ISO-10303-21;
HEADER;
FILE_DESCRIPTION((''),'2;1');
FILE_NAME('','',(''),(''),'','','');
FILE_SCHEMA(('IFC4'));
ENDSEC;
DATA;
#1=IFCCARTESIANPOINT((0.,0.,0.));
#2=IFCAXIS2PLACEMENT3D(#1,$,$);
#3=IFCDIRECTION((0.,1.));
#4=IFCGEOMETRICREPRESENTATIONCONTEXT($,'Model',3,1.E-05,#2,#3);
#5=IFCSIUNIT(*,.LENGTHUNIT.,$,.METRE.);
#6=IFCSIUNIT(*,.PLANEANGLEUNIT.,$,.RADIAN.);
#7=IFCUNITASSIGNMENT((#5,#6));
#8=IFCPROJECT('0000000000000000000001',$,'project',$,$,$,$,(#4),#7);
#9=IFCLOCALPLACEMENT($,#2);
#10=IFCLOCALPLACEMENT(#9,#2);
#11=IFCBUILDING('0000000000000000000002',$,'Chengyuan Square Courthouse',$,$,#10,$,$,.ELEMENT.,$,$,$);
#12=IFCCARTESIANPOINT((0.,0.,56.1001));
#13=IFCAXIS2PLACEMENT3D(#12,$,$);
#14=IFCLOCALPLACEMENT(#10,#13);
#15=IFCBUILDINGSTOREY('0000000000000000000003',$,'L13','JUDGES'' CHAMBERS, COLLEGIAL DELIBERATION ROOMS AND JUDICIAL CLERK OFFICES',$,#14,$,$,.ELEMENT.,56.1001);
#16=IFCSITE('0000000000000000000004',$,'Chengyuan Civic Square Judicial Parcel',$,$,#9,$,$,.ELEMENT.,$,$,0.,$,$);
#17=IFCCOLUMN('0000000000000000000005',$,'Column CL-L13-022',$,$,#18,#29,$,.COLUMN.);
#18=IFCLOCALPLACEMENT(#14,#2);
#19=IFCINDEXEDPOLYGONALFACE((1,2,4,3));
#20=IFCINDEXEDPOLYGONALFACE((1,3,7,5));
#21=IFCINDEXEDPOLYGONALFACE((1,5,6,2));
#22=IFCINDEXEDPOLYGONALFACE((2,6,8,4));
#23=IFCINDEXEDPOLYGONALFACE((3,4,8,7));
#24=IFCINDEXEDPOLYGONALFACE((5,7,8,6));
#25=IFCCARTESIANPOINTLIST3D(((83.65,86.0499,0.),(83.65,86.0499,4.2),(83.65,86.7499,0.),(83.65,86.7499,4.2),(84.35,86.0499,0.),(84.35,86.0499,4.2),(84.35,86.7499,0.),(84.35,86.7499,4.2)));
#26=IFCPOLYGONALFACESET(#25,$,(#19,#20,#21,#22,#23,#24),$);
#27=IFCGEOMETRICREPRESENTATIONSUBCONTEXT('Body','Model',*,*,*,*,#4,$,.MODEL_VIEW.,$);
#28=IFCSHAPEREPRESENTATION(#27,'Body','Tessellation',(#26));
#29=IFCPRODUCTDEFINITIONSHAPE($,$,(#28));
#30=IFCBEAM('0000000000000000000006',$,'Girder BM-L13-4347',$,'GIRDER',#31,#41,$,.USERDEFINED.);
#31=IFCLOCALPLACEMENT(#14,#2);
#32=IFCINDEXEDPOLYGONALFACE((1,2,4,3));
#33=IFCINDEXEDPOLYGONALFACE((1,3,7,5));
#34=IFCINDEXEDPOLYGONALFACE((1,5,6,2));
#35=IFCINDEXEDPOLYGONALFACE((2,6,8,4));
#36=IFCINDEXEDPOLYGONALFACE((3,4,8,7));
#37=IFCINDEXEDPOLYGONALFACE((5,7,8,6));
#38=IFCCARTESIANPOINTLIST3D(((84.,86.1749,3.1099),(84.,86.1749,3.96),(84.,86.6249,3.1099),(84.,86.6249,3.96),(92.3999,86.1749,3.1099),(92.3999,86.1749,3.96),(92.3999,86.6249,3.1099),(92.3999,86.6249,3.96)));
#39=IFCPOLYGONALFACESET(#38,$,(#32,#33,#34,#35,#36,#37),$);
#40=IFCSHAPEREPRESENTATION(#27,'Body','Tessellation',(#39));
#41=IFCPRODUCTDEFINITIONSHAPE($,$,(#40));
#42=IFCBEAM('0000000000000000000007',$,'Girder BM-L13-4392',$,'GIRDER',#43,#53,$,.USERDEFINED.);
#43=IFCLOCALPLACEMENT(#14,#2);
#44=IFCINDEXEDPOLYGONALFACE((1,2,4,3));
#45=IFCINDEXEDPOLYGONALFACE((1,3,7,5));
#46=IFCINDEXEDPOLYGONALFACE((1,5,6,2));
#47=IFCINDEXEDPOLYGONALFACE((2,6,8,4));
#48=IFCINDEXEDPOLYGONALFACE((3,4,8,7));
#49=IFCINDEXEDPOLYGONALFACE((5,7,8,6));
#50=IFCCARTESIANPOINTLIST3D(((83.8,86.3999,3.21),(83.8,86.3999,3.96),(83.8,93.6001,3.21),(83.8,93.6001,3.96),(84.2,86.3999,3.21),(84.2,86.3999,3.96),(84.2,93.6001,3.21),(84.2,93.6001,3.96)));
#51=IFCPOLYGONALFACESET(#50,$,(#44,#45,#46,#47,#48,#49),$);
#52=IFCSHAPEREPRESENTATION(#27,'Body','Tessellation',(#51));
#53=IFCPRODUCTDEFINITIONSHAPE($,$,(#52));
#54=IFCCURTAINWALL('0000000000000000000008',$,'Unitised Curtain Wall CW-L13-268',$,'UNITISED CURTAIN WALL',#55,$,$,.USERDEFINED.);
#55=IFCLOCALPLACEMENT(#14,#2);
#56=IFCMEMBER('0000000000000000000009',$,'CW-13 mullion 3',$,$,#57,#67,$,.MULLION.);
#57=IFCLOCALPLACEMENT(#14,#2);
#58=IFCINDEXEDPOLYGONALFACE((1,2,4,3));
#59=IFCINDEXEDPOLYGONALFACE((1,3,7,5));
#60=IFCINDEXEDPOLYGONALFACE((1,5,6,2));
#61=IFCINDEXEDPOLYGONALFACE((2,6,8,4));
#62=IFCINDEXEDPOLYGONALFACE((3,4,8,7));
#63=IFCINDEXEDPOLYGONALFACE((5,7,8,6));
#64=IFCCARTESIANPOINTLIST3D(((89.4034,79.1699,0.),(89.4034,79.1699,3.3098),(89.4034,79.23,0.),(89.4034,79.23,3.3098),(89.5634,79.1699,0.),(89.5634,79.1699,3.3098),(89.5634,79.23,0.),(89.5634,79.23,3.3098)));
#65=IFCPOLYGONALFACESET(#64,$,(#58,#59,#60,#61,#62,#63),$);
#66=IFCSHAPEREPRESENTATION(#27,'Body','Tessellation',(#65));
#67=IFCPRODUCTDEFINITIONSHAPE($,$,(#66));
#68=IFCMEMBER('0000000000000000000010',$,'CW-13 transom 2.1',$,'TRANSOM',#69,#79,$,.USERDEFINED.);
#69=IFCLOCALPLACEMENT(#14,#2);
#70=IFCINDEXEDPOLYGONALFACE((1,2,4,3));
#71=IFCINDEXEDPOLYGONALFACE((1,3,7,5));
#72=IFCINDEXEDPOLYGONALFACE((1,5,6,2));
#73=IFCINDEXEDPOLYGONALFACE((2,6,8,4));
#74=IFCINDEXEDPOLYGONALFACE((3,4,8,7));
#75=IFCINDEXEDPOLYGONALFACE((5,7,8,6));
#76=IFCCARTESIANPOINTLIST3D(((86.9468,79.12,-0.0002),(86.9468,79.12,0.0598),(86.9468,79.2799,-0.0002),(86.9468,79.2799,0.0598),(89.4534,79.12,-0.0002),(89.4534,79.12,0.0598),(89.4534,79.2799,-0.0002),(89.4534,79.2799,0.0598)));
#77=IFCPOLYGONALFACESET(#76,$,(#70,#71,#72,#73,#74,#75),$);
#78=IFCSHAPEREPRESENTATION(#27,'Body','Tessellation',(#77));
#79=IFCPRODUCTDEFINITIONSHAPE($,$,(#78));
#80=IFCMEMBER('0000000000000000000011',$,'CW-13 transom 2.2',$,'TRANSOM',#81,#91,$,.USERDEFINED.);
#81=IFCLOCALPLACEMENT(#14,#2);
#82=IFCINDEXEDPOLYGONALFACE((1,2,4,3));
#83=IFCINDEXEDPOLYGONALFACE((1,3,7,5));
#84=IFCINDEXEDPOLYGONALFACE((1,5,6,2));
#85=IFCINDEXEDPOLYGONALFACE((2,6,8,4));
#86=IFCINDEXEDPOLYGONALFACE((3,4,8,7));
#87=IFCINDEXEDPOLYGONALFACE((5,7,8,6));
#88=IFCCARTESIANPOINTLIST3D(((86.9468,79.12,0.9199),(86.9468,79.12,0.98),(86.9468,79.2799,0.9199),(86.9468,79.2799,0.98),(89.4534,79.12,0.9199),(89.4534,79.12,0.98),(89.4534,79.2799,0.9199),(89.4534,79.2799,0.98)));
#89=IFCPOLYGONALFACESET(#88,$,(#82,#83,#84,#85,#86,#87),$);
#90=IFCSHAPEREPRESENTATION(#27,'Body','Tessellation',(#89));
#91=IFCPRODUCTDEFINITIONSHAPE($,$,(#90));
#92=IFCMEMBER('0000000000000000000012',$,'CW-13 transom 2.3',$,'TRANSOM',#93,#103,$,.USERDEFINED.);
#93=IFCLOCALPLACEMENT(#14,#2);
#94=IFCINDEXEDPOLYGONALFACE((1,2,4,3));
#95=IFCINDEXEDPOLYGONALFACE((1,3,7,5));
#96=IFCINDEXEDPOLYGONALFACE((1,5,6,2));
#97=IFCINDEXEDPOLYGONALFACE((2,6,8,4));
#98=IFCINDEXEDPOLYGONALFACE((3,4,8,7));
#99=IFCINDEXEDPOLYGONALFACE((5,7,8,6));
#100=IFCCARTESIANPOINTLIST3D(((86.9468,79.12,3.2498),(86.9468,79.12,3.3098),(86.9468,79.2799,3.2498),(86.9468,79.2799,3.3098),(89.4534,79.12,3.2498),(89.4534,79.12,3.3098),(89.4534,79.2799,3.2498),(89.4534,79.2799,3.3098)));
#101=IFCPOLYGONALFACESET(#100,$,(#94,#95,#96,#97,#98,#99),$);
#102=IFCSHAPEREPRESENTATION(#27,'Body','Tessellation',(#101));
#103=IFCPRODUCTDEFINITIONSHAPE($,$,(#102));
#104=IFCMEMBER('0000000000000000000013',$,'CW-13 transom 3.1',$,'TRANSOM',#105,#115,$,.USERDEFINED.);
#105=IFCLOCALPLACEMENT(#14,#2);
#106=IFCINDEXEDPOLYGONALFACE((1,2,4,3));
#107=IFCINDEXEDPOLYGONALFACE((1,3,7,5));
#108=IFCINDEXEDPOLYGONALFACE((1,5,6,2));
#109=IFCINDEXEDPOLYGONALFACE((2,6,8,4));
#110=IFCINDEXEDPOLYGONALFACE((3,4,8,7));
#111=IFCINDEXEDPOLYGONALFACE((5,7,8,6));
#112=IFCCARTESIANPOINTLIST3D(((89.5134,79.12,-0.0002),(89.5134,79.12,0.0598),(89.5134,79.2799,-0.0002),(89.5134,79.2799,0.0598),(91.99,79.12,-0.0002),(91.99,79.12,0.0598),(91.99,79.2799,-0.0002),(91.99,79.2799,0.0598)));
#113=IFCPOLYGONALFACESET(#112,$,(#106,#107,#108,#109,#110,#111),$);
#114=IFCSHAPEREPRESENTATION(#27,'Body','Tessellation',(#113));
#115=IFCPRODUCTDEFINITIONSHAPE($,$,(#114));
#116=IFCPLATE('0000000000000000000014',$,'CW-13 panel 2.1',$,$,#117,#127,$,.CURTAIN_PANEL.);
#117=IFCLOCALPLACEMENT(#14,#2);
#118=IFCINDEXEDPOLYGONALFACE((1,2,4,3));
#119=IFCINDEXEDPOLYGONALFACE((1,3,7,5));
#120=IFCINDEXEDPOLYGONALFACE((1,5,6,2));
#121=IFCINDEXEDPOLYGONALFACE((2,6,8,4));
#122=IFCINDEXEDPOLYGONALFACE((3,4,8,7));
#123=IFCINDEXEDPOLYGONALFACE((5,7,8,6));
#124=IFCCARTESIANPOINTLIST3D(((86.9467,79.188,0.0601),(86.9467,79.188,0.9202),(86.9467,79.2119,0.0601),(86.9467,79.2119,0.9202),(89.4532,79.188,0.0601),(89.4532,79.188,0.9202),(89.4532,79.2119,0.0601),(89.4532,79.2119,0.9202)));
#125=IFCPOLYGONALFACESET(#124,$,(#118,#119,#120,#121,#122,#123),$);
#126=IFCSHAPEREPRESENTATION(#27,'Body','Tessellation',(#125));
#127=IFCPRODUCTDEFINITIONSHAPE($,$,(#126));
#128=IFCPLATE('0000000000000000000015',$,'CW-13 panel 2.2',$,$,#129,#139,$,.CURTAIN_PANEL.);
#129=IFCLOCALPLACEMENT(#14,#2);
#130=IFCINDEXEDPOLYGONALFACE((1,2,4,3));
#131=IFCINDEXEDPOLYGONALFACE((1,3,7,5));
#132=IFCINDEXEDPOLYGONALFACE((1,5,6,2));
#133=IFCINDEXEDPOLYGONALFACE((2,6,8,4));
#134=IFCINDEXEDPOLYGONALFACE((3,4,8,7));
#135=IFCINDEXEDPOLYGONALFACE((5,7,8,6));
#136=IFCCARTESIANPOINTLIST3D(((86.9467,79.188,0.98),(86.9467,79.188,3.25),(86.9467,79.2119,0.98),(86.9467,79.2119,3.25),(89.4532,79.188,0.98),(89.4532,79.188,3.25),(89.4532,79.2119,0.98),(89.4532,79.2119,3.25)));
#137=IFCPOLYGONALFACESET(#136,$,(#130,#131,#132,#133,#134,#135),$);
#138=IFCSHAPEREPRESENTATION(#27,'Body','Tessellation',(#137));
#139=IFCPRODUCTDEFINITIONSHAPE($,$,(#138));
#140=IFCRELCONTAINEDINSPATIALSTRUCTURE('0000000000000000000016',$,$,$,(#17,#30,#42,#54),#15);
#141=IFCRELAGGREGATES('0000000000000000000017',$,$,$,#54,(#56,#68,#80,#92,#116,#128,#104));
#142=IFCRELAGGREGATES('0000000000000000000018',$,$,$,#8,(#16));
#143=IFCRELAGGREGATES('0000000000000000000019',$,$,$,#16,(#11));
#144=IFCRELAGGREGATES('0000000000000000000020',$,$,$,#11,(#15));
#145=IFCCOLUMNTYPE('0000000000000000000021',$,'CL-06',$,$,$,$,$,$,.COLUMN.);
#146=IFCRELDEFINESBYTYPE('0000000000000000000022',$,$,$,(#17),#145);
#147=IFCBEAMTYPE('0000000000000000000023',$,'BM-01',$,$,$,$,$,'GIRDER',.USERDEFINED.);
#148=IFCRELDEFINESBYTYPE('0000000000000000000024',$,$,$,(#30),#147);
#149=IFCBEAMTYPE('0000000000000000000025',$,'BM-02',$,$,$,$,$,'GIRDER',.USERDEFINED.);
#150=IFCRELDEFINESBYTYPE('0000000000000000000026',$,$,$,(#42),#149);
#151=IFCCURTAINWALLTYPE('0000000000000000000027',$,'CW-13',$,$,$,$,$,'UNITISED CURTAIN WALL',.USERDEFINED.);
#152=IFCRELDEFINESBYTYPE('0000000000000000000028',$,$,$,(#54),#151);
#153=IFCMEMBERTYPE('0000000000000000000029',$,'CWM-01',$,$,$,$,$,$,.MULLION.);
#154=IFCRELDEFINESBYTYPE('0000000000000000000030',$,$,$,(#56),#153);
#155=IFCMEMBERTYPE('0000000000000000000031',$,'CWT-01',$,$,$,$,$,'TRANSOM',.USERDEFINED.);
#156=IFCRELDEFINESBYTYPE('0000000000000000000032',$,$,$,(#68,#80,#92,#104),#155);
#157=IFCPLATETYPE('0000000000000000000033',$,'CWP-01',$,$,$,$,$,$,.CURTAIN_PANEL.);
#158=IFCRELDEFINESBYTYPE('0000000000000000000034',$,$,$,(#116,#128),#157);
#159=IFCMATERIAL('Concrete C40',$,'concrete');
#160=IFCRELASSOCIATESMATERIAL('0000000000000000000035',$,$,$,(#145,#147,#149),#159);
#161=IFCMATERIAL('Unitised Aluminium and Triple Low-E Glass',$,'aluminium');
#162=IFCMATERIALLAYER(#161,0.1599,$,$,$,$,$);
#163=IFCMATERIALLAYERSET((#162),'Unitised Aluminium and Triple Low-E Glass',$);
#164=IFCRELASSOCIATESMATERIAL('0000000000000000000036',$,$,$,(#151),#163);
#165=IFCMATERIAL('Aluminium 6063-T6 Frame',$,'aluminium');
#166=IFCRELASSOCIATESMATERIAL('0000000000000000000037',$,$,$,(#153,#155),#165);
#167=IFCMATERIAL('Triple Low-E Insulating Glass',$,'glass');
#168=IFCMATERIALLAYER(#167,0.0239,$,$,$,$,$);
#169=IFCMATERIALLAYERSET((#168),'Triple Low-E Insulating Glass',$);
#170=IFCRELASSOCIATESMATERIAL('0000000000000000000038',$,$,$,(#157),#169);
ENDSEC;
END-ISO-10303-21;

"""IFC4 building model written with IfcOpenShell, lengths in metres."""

from ifc_helpers import new_model, si_unit, direction, frame, origin, origin_2d, place, context, subcontext, project, spatial, rectangle, extrude, material, layer, layer_set, material_profile, profile_set, type_object, element, aggregate, save


model = new_model("IFC4")

# Units and contexts
model_context = context("Model", 3, precision=1e-05, world=origin(), true_north=direction((0.0, 1.0)))
body_context = subcontext(model_context, "Body", "Model", "MODEL_VIEW")
ifc_project = project(units=[si_unit("LENGTHUNIT", "METRE"), si_unit("PLANEANGLEUNIT", "RADIAN")], contexts=[model_context])

# Site, building, storey
site_placement = place(None, origin())
site = spatial("IfcSite", under=ifc_project, at=site_placement, Name="Chengyuan Civic Square Judicial Parcel", CompositionType="ELEMENT", RefElevation=0.0)
building_placement = place(site_placement, origin())
building = spatial("IfcBuilding", under=site, at=building_placement, Name="Chengyuan Square Courthouse", CompositionType="ELEMENT")
storey_placement = place(building_placement, frame((0.0, 0.0, 56.1001)))
storey = spatial("IfcBuildingStorey", under=building, at=storey_placement, Name="L13", Description="JUDGES' CHAMBERS, COLLEGIAL DELIBERATION ROOMS AND JUDICIAL CLERK OFFICES", CompositionType="ELEMENT", Elevation=56.1001)

# Column
ifc_material_1 = material(Name="Concrete C40", Category="concrete")
ifc_material_profile_1 = material_profile(ifc_material_1, rectangle(XDim=0.7, YDim=0.7, at=origin_2d()), Name="RC-COL-700x700")
ifc_profile_set_1 = profile_set([ifc_material_profile_1], Name="Concrete C40")
column_type = type_object("IfcColumnType", Name="CL-06", PredefinedType="COLUMN", material=ifc_profile_set_1)
column_placement = place(storey_placement, frame((84.0, 86.3999, 0.0), z_axis=(0.0, 0.0, 1.0), x_axis=(1.0, 0.0, 0.0)))
element("IfcColumn", 1, at=column_placement, inside=storey, type_object=column_type, Name="Column CL-L13-022", PredefinedType="COLUMN", context=body_context, shape_type="SweptSolid", body=[
    extrude(rectangle(XDim=0.7, YDim=0.7, at=origin_2d()), origin(), (0.0, 0.0, 1.0), 4.2),
])

# Beams
ifc_material_profile_2 = material_profile(ifc_material_1, rectangle(XDim=0.45, YDim=0.8501, at=origin_2d()), Name="RC-BM-450x850")
ifc_profile_set_2 = profile_set([ifc_material_profile_2], Name="Concrete C40")
beam_type_1 = type_object("IfcBeamType", Name="BM-01", ElementType="GIRDER", PredefinedType="USERDEFINED", material=ifc_profile_set_2)
beam_1_placement = place(storey_placement, frame((84.0, 86.3999, 3.5349), z_axis=(1.0, 0.0, 0.0), x_axis=(0.0, 1.0, 0.0)))
element("IfcBeam", 2, at=beam_1_placement, inside=storey, type_object=beam_type_1, Name="Girder BM-L13-4347", ObjectType="GIRDER", PredefinedType="USERDEFINED", context=body_context, shape_type="SweptSolid", body=[
    extrude(rectangle(XDim=0.45, YDim=0.8501, at=origin_2d()), origin(), (0.0, 0.0, 1.0), 8.3999),
])
ifc_material_profile_3 = material_profile(ifc_material_1, rectangle(XDim=0.3999, YDim=0.75, at=origin_2d()), Name="RC-BM-400x750")
ifc_profile_set_3 = profile_set([ifc_material_profile_3], Name="Concrete C40")
beam_type_2 = type_object("IfcBeamType", Name="BM-02", ElementType="GIRDER", PredefinedType="USERDEFINED", material=ifc_profile_set_3)
beam_2_placement = place(storey_placement, frame((84.0, 86.3999, 3.585), z_axis=(0.0, 1.0, 0.0), x_axis=(-1.0, 0.0, 0.0)))
element("IfcBeam", 3, at=beam_2_placement, inside=storey, type_object=beam_type_2, Name="Girder BM-L13-4392", ObjectType="GIRDER", PredefinedType="USERDEFINED", context=body_context, shape_type="SweptSolid", body=[
    extrude(rectangle(XDim=0.3999, YDim=0.75, at=origin_2d()), origin(), (0.0, 0.0, 1.0), 7.2002),
])

# Curtain wall, members, plates
ifc_material_2 = material(Name="Unitised Aluminium and Triple Low-E Glass", Category="aluminium")
ifc_layer_1 = layer(ifc_material_2, 0.1599)
ifc_layer_set_1 = layer_set([ifc_layer_1], Name="Unitised Aluminium and Triple Low-E Glass")
curtain_wall_type = type_object("IfcCurtainWallType", Name="CW-13", ElementType="UNITISED CURTAIN WALL", PredefinedType="USERDEFINED", material=ifc_layer_set_1)
curtain_wall_placement = place(storey_placement, origin())
curtain_wall = element("IfcCurtainWall", 4, at=curtain_wall_placement, inside=storey, type_object=curtain_wall_type, Name="Unitised Curtain Wall CW-L13-268", ObjectType="UNITISED CURTAIN WALL", PredefinedType="USERDEFINED")
ifc_material_3 = material(Name="Aluminium 6063-T6 Frame", Category="aluminium")
ifc_material_profile_4 = material_profile(ifc_material_3, rectangle(XDim=0.0601, YDim=0.1599, at=origin_2d()), Name="CW-MUL-60x160")
ifc_profile_set_4 = profile_set([ifc_material_profile_4], Name="Aluminium 6063-T6 Frame")
member_type_1 = type_object("IfcMemberType", Name="CWM-01", PredefinedType="MULLION", material=ifc_profile_set_4)
member_1_placement = place(storey_placement, frame((89.4834, 79.2, 0.0), z_axis=(0.0, 0.0, 1.0), x_axis=(0.0, 1.0, 0.0)))
member_1 = element("IfcMember", 5, at=member_1_placement, type_object=member_type_1, Name="CW-13 mullion 3", PredefinedType="MULLION", context=body_context, shape_type="SweptSolid", body=[
    extrude(rectangle(XDim=0.0601, YDim=0.1599, at=origin_2d()), origin(), (0.0, 0.0, 1.0), 3.3098),
])
ifc_material_profile_5 = material_profile(ifc_material_3, rectangle(XDim=0.1599, YDim=0.0601, at=origin_2d()), Name="CW-TRN-60x120")
ifc_profile_set_5 = profile_set([ifc_material_profile_5], Name="Aluminium 6063-T6 Frame")
member_type_2 = type_object("IfcMemberType", Name="CWT-01", ElementType="TRANSOM", PredefinedType="USERDEFINED", material=ifc_profile_set_5)
member_2_placement = place(storey_placement, frame((86.9468, 79.2, 0.0298), z_axis=(1.0, 0.0, 0.0), x_axis=(0.0, 1.0, 0.0)))
member_2 = element("IfcMember", 6, at=member_2_placement, type_object=member_type_2, Name="CW-13 transom 2.1", ObjectType="TRANSOM", PredefinedType="USERDEFINED", context=body_context, shape_type="SweptSolid", body=[
    extrude(rectangle(XDim=0.1599, YDim=0.0601, at=origin_2d()), origin(), (0.0, 0.0, 1.0), 2.5066),
])
member_3_placement = place(storey_placement, frame((86.9468, 79.2, 0.95), z_axis=(1.0, 0.0, 0.0), x_axis=(0.0, 1.0, 0.0)))
member_3 = element("IfcMember", 7, at=member_3_placement, type_object=member_type_2, Name="CW-13 transom 2.2", ObjectType="TRANSOM", PredefinedType="USERDEFINED", context=body_context, shape_type="SweptSolid", body=[
    extrude(rectangle(XDim=0.1599, YDim=0.0601, at=origin_2d()), origin(), (0.0, 0.0, 1.0), 2.5066),
])
member_4_placement = place(storey_placement, frame((86.9468, 79.2, 3.2798), z_axis=(1.0, 0.0, 0.0), x_axis=(0.0, 1.0, 0.0)))
member_4 = element("IfcMember", 8, at=member_4_placement, type_object=member_type_2, Name="CW-13 transom 2.3", ObjectType="TRANSOM", PredefinedType="USERDEFINED", context=body_context, shape_type="SweptSolid", body=[
    extrude(rectangle(XDim=0.1599, YDim=0.0601, at=origin_2d()), origin(), (0.0, 0.0, 1.0), 2.5066),
])
member_5_placement = place(storey_placement, frame((89.5134, 79.2, 0.0298), z_axis=(1.0, 0.0, 0.0), x_axis=(0.0, 1.0, 0.0)))
member_5 = element("IfcMember", 9, at=member_5_placement, type_object=member_type_2, Name="CW-13 transom 3.1", ObjectType="TRANSOM", PredefinedType="USERDEFINED", context=body_context, shape_type="SweptSolid", body=[
    extrude(rectangle(XDim=0.1599, YDim=0.0601, at=origin_2d()), origin(), (0.0, 0.0, 1.0), 2.4766),
])
ifc_material_4 = material(Name="Triple Low-E Insulating Glass", Category="glass")
ifc_layer_2 = layer(ifc_material_4, 0.0239)
ifc_layer_set_2 = layer_set([ifc_layer_2], Name="Triple Low-E Insulating Glass")
plate_type = type_object("IfcPlateType", Name="CWP-01", PredefinedType="CURTAIN_PANEL", material=ifc_layer_set_2)
plate_1_placement = place(storey_placement, frame((88.2, 79.2, 0.0601), z_axis=(0.0, 0.0, 1.0), x_axis=(1.0, 0.0, 0.0)))
plate_1 = element("IfcPlate", 10, at=plate_1_placement, type_object=plate_type, Name="CW-13 panel 2.1", PredefinedType="CURTAIN_PANEL", context=body_context, shape_type="SweptSolid", body=[
    extrude(rectangle(XDim=2.5066, YDim=0.0239, at=origin_2d()), origin(), (0.0, 0.0, 1.0), 0.8601),
])
plate_2_placement = place(storey_placement, frame((88.2, 79.2, 0.98), z_axis=(0.0, 0.0, 1.0), x_axis=(1.0, 0.0, 0.0)))
plate_2 = element("IfcPlate", 11, at=plate_2_placement, type_object=plate_type, Name="CW-13 panel 2.2", PredefinedType="CURTAIN_PANEL", context=body_context, shape_type="SweptSolid", body=[
    extrude(rectangle(XDim=2.5066, YDim=0.0239, at=origin_2d()), origin(), (0.0, 0.0, 1.0), 2.27),
])
aggregate(curtain_wall, [member_1, member_2, member_3, member_4, plate_1, plate_2, member_5])

save(model, "model.ifc")
